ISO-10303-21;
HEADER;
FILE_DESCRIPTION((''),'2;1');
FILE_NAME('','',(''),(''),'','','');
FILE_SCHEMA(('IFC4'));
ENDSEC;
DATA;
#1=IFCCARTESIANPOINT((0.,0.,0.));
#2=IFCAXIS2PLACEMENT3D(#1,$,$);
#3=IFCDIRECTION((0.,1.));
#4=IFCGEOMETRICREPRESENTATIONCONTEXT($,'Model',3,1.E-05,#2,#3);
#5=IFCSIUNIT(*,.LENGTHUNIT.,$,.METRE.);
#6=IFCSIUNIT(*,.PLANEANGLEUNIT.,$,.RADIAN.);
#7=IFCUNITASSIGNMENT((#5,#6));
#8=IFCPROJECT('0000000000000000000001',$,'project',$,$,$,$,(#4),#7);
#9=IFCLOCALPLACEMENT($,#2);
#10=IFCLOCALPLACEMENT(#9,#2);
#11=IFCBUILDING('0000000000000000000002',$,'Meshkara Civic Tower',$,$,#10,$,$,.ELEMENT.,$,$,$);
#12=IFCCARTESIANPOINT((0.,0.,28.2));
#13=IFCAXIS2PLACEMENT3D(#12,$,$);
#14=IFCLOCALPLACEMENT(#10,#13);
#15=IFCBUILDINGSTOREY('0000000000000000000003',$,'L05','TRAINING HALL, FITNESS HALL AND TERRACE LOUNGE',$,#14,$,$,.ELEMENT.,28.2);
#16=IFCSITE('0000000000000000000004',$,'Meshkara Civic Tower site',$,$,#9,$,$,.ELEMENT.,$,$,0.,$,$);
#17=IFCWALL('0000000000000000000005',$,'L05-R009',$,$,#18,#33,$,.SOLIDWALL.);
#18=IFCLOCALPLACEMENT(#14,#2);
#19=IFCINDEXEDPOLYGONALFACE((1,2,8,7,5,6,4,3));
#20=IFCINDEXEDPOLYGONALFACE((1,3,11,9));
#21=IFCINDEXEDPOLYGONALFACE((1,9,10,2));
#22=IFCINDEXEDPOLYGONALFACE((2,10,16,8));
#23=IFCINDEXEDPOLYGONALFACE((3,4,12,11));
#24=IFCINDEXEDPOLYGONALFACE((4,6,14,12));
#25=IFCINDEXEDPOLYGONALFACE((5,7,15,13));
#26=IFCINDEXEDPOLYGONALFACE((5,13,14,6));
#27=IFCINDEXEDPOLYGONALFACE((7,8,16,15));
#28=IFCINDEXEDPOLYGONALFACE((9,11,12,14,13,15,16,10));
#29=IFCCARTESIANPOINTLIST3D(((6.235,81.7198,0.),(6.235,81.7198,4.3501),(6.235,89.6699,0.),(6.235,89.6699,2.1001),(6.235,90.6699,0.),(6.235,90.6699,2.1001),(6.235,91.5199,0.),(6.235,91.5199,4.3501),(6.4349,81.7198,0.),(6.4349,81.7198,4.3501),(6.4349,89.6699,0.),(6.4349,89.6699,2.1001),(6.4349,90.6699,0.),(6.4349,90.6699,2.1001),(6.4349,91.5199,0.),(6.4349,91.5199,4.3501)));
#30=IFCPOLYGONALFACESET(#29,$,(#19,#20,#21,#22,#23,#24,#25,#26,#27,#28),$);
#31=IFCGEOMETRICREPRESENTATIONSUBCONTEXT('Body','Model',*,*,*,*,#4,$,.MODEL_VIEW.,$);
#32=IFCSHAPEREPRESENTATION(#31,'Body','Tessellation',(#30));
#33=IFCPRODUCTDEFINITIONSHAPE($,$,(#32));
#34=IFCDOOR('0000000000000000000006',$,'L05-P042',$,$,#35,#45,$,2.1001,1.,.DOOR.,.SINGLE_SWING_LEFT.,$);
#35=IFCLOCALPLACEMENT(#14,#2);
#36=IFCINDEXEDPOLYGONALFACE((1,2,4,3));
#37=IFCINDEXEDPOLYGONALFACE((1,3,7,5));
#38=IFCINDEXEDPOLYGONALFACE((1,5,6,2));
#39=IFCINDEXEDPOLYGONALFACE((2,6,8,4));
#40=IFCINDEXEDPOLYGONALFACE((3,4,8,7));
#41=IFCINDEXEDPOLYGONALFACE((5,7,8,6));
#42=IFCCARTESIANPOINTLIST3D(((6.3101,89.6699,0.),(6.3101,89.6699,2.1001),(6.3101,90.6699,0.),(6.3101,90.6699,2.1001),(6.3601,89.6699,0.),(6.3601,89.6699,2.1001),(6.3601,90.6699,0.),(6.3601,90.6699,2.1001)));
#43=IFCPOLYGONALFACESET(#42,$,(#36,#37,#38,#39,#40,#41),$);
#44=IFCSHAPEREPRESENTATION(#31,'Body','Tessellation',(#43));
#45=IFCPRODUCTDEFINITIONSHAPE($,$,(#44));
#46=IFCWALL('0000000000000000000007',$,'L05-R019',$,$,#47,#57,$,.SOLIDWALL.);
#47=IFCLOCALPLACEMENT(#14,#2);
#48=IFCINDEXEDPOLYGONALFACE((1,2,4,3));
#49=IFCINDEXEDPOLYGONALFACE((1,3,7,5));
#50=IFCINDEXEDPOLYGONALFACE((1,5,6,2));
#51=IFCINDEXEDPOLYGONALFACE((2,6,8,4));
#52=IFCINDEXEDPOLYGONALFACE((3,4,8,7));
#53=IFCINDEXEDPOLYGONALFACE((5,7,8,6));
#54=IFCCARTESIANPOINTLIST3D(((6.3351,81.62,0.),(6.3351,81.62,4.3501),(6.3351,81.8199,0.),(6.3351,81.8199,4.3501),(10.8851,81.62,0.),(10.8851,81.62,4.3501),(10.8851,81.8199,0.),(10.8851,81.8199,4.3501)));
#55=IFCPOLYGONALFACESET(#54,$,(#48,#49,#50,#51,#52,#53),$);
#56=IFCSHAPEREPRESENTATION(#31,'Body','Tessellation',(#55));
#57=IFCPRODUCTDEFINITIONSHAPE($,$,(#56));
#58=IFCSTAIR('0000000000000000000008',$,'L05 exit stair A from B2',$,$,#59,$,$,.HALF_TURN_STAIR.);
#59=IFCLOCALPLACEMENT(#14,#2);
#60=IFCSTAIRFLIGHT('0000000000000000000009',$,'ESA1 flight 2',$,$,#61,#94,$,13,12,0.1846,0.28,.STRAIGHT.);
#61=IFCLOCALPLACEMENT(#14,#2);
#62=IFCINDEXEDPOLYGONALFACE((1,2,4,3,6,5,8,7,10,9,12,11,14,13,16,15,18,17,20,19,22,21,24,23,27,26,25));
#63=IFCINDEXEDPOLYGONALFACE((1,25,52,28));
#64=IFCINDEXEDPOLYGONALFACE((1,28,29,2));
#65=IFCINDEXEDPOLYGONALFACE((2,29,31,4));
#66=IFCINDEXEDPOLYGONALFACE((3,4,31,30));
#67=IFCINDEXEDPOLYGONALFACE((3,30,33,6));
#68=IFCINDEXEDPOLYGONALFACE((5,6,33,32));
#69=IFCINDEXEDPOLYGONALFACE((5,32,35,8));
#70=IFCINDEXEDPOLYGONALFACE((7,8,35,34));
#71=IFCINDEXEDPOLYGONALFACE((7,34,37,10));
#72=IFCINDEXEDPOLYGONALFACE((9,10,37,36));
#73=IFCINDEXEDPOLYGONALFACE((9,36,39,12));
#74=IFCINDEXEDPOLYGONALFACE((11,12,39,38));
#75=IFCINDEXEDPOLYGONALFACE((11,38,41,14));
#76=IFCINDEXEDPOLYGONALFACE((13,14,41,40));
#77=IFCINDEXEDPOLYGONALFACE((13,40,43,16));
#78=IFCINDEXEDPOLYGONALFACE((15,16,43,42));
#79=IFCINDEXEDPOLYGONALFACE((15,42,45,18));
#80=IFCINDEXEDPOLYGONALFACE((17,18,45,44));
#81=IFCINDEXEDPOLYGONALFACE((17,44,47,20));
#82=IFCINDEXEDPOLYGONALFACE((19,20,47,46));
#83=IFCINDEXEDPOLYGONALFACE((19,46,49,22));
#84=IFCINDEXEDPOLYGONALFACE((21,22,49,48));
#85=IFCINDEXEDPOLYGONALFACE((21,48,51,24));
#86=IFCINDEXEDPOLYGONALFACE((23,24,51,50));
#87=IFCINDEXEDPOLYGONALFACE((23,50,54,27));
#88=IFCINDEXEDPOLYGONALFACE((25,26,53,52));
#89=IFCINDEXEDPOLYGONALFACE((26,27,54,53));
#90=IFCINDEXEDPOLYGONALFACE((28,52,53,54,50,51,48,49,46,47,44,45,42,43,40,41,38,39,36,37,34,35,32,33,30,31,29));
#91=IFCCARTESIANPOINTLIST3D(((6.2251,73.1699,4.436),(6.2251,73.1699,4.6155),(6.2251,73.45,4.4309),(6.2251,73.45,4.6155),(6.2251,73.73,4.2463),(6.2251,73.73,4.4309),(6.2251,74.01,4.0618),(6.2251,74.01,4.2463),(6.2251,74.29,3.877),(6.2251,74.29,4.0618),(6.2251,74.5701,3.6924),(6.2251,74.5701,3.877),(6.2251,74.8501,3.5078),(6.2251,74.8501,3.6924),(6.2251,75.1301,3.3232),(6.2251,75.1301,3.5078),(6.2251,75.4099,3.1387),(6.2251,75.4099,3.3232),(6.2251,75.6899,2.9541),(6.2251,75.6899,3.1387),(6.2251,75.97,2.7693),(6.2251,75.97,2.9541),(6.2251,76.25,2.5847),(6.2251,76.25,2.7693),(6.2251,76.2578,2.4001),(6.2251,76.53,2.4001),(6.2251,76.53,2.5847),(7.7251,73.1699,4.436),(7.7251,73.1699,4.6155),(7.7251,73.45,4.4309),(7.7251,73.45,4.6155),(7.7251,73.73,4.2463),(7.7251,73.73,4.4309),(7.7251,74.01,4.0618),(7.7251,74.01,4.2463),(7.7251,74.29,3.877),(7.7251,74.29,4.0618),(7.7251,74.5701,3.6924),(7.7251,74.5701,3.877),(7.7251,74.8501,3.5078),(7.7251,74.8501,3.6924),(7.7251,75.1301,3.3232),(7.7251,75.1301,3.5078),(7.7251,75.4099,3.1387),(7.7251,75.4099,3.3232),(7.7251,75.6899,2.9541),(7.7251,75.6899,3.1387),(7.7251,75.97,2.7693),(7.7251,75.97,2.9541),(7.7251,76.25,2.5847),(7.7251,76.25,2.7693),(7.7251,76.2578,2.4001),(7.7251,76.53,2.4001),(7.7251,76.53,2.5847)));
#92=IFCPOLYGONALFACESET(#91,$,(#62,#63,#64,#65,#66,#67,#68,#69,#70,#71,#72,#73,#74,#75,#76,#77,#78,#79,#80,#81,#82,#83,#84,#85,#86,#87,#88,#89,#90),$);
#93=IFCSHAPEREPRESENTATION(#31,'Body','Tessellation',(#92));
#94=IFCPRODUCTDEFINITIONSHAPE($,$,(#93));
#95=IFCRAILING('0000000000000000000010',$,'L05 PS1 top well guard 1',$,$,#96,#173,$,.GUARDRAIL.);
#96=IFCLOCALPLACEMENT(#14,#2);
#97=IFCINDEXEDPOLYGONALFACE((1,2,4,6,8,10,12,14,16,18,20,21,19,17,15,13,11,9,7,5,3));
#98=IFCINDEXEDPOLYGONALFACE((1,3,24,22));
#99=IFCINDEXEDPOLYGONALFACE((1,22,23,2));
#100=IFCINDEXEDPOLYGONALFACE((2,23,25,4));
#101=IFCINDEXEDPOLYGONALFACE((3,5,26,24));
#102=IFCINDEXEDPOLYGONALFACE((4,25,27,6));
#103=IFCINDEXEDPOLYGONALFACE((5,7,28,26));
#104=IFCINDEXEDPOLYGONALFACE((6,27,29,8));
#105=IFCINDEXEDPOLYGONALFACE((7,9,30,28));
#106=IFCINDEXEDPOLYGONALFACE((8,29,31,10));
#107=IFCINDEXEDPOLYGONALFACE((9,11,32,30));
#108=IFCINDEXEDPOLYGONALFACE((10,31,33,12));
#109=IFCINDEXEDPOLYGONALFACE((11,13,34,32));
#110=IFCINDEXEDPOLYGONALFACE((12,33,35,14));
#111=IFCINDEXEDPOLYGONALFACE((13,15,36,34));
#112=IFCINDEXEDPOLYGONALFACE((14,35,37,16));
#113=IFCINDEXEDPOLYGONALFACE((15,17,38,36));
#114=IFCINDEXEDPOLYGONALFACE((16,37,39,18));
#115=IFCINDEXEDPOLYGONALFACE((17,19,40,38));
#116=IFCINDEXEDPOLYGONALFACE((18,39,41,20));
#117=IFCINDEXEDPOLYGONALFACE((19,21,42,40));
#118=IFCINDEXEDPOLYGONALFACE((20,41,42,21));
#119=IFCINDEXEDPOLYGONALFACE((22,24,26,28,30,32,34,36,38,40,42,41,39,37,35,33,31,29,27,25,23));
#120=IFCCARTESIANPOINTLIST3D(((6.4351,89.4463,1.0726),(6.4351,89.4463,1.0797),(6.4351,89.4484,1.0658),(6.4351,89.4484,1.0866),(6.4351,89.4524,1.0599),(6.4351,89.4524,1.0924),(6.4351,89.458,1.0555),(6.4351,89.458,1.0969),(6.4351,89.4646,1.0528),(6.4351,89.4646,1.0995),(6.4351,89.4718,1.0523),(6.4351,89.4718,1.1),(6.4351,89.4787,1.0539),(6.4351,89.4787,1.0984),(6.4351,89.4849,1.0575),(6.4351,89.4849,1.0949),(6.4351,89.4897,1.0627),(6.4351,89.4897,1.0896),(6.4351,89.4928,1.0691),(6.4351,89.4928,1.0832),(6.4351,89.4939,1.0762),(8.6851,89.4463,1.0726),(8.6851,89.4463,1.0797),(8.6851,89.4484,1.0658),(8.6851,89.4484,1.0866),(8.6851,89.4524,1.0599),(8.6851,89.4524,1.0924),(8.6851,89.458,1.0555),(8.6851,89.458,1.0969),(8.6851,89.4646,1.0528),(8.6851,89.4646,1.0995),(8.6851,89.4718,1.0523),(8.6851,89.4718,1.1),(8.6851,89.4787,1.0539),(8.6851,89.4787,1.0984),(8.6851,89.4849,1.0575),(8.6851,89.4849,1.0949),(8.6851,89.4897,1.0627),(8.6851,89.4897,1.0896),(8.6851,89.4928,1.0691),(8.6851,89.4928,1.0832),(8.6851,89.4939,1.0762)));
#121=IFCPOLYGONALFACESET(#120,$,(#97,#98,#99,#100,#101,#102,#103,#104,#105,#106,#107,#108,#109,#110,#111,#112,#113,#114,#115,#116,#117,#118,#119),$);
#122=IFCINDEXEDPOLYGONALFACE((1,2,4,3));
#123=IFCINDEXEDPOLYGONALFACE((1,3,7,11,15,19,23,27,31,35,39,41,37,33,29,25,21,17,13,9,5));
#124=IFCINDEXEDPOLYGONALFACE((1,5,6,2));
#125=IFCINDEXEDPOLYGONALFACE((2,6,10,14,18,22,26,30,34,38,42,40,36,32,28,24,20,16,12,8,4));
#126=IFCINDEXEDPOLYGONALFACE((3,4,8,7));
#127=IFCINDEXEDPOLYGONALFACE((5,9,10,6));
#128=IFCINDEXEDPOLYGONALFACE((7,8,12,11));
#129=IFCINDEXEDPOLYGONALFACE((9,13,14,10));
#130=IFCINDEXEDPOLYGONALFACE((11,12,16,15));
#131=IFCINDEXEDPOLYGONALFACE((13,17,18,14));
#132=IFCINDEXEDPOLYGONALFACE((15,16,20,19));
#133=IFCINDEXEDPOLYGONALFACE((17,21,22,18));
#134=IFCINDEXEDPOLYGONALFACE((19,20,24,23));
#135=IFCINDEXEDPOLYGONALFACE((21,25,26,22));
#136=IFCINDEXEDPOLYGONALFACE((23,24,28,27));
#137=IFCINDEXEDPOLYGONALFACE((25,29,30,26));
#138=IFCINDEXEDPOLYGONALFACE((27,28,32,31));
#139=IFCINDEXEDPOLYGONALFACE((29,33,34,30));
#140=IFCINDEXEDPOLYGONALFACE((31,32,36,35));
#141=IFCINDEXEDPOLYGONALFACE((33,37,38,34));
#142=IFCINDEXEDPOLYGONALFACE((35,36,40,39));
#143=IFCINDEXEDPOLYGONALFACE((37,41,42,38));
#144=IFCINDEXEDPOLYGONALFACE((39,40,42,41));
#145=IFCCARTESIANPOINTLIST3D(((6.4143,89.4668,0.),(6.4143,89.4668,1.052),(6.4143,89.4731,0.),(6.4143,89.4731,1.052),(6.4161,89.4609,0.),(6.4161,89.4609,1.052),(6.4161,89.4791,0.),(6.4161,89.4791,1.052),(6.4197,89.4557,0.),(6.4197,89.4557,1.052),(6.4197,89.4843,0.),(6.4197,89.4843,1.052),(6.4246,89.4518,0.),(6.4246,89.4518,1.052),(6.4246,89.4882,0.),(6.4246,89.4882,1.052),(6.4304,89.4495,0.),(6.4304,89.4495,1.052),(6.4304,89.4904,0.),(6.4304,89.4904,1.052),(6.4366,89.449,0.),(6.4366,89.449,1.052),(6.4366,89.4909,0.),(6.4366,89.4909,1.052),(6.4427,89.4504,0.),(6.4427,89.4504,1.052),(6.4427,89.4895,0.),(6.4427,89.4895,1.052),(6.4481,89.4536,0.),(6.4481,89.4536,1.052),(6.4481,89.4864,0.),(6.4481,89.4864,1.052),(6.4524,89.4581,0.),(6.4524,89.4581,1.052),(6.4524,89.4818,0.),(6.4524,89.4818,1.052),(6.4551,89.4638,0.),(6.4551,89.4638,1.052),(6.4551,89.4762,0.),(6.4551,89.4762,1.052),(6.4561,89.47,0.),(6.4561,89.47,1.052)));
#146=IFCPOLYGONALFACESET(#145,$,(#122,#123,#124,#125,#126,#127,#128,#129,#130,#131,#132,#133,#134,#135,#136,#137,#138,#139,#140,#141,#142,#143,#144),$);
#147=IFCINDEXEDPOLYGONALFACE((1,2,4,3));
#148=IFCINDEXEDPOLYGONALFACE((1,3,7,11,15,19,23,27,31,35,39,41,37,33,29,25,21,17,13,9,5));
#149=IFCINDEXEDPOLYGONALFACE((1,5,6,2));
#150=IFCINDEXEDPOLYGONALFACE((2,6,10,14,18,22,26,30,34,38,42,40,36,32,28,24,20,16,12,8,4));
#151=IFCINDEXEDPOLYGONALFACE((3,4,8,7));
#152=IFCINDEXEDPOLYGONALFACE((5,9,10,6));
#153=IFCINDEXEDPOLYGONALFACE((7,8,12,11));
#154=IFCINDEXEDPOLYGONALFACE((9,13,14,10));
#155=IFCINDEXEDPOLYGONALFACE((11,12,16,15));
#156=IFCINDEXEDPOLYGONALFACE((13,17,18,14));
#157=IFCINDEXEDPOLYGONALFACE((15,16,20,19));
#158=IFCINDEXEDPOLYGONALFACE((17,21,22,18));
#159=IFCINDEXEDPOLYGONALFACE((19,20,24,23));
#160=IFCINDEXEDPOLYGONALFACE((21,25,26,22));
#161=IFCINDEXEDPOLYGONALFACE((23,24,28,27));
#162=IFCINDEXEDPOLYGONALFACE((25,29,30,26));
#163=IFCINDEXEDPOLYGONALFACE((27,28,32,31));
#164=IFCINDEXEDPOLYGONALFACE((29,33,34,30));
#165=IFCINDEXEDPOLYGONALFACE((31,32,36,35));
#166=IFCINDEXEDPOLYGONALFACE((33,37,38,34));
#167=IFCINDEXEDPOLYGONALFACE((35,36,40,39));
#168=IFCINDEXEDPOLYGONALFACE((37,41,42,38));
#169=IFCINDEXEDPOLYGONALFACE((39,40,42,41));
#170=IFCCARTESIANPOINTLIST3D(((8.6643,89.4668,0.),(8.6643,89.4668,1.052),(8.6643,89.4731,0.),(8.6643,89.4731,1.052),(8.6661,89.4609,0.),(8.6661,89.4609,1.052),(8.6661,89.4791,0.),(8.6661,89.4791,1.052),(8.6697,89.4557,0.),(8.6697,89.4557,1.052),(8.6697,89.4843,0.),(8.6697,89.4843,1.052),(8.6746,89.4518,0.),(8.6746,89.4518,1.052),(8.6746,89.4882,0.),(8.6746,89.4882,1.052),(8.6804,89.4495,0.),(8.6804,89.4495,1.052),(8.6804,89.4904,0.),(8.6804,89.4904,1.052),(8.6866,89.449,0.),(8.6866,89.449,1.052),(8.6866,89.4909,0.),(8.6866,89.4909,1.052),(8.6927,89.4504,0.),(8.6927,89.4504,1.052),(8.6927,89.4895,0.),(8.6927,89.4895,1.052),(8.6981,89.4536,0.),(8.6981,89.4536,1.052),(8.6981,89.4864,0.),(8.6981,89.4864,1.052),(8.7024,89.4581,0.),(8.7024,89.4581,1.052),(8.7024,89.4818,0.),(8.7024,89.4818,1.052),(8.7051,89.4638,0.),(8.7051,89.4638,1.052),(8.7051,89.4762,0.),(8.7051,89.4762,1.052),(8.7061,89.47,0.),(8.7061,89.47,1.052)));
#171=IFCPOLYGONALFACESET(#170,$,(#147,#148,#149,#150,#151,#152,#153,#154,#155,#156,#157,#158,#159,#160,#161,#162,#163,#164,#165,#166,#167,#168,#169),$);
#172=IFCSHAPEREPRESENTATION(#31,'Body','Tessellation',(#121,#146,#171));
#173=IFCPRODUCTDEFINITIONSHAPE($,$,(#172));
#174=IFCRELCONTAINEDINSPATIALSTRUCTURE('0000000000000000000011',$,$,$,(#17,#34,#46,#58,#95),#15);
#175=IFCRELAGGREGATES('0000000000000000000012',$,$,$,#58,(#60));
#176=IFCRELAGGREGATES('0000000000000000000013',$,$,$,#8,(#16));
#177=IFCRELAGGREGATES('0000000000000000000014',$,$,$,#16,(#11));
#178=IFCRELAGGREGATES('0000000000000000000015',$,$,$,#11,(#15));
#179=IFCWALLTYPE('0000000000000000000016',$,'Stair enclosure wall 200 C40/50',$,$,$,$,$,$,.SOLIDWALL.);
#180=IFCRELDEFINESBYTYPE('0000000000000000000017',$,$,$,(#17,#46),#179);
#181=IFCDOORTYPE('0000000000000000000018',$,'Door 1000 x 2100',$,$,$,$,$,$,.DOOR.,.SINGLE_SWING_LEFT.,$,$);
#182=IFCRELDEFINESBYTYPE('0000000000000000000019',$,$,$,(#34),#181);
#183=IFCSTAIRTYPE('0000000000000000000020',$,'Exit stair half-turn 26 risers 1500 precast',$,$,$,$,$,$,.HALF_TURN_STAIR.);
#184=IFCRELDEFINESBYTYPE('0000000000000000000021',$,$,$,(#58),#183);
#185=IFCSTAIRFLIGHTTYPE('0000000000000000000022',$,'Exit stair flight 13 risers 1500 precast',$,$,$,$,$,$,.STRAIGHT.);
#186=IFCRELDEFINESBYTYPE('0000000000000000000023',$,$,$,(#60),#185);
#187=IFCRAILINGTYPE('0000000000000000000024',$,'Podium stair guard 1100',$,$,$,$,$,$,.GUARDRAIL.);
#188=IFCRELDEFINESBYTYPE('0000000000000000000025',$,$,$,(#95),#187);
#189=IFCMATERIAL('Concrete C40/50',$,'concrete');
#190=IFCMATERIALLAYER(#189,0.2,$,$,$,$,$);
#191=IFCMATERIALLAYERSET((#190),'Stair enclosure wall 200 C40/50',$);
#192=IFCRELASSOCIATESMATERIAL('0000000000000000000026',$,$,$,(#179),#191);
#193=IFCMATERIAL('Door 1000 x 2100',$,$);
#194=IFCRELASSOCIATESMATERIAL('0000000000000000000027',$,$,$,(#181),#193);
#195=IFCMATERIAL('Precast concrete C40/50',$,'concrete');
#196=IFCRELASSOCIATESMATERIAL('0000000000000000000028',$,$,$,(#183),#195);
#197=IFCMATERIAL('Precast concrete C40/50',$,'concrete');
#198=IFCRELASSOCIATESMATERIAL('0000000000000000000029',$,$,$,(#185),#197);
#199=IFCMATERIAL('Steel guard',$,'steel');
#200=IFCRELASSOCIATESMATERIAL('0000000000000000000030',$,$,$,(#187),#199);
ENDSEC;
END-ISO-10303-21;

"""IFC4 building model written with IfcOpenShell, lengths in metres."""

from ifc_helpers import new_model, si_unit, direction, frame, frame_2d, origin, origin_2d, place, context, subcontext, project, spatial, polyline, rectangle, circle, outline, extrude, material, layer, layer_set, type_object, element, fill, aggregate, save


model = new_model("IFC4")

# Units and contexts
model_context = context("Model", 3, precision=1e-05, world=origin(), true_north=direction((0.0, 1.0)))
body_context = subcontext(model_context, "Body", "Model", "MODEL_VIEW")
ifc_project = project(units=[si_unit("LENGTHUNIT", "METRE"), si_unit("PLANEANGLEUNIT", "RADIAN")], contexts=[model_context])

# Site, building, storey
site_placement = place(None, origin())
site = spatial("IfcSite", under=ifc_project, at=site_placement, Name="Meshkara Civic Tower site", CompositionType="ELEMENT", RefElevation=0.0)
building_placement = place(site_placement, origin())
building = spatial("IfcBuilding", under=site, at=building_placement, Name="Meshkara Civic Tower", CompositionType="ELEMENT")
storey_placement = place(building_placement, frame((0.0, 0.0, 28.2)))
storey = spatial("IfcBuildingStorey", under=building, at=storey_placement, Name="L05", Description="TRAINING HALL, FITNESS HALL AND TERRACE LOUNGE", CompositionType="ELEMENT", Elevation=28.2)

# Wall, opening, door
ifc_material_1 = material(Name="Concrete C40/50", Category="concrete")
ifc_layer_1 = layer(ifc_material_1, 0.2)
ifc_layer_set_1 = layer_set([ifc_layer_1], Name="Stair enclosure wall 200 C40/50")
wall_type_1 = type_object("IfcWallType", Name="Stair enclosure wall 200 C40/50", PredefinedType="SOLIDWALL", material=ifc_layer_set_1)
wall_1_placement = place(storey_placement, frame((6.335, 81.72, 0.0), z_axis=(0.0, 0.0, 1.0), x_axis=(0.0, 1.0, 0.0)))
wall_1 = element("IfcWall", 1, at=wall_1_placement, inside=storey, type_object=wall_type_1, Name="L05-R009", PredefinedType="SOLIDWALL", context=body_context, shape_type="SweptSolid", body=[
    extrude(rectangle(XDim=9.8, YDim=0.2, at=frame_2d((4.8999, 0.0))), origin(), (0.0, 0.0, 1.0), 4.3501),
])
opening_1_placement = place(wall_1_placement, frame((7.95, 0.0, 0.0)))
opening_1 = element("IfcOpeningElement", 2, at=opening_1_placement, cuts=wall_1, PredefinedType="OPENING", context=body_context, shape_type="SweptSolid", body=[
    extrude(rectangle(XDim=1.0, YDim=2.1001, at=frame_2d((0.5, 1.05))), frame((0.0, 0.1099, 0.0), z_axis=(0.0, -1.0, 0.0), x_axis=(1.0, 0.0, 0.0)), (0.0, 0.0, 1.0), 0.22),
])
ifc_material_2 = material(Name="Door 1000 x 2100")
door_type_1 = type_object("IfcDoorType", Name="Door 1000 x 2100", OperationType="SINGLE_SWING_LEFT", PredefinedType="DOOR", material=ifc_material_2)
door_1_placement = place(opening_1_placement, origin())
door_1 = element("IfcDoor", 3, at=door_1_placement, inside=storey, type_object=door_type_1, Name="L05-P042", OperationType="SINGLE_SWING_LEFT", OverallHeight=2.1001, OverallWidth=1.0, PredefinedType="DOOR", context=body_context, shape_type="SweptSolid", body=[
    extrude(rectangle(XDim=1.0, YDim=2.1001, at=frame_2d((0.5, 1.05))), frame((0.0, 0.0249, 0.0), z_axis=(0.0, -1.0, 0.0), x_axis=(1.0, 0.0, 0.0)), (0.0, 0.0, 1.0), 0.05),
])
fill(opening_1, door_1)

# Wall
wall_2_placement = place(storey_placement, frame((10.885, 81.72, 0.0), z_axis=(0.0, 0.0, 1.0), x_axis=(-1.0, 0.0, 0.0)))
element("IfcWall", 4, at=wall_2_placement, inside=storey, type_object=wall_type_1, Name="L05-R019", PredefinedType="SOLIDWALL", context=body_context, shape_type="SweptSolid", body=[
    extrude(rectangle(XDim=4.55, YDim=0.2, at=frame_2d((2.2749, 0.0))), origin(), (0.0, 0.0, 1.0), 4.3501),
])

# Stair, stair flight
ifc_material_3 = material(Name="Precast concrete C40/50", Category="concrete")
stair_type = type_object("IfcStairType", Name="Exit stair half-turn 26 risers 1500 precast", PredefinedType="HALF_TURN_STAIR", material=ifc_material_3)
stair_placement = place(storey_placement, origin())
stair = element("IfcStair", 5, at=stair_placement, inside=storey, type_object=stair_type, Name="L05 exit stair A from B2", PredefinedType="HALF_TURN_STAIR")
ifc_material_4 = material(Name="Precast concrete C40/50", Category="concrete")
stair_flight_type = type_object("IfcStairFlightType", Name="Exit stair flight 13 risers 1500 precast", PredefinedType="STRAIGHT", material=ifc_material_4)
stair_flight_placement = place(storey_placement, frame((6.9751, 76.53, 2.4001), z_axis=(0.0, 0.0, 1.0), x_axis=(0.0, -1.0, 0.0)))
stair_flight = element("IfcStairFlight", 6, at=stair_flight_placement, type_object=stair_flight_type, Name="ESA1 flight 2", NumberOfRisers=13, NumberOfTreads=12, PredefinedType="STRAIGHT", RiserHeight=0.1846, TreadLength=0.28, context=body_context, shape_type="SweptSolid", body=[
    extrude(outline(polyline([(0.0, 0.0), (0.0, 0.1846), (0.28, 0.1846), (0.28, 0.3691), (0.5601, 0.3691), (0.5601, 0.554), (0.8401, 0.554), (0.8401, 0.7385), (1.1201, 0.7385), (1.1201, 0.9231), (1.3999, 0.9231), (1.3999, 1.1077), (1.6799, 1.1077), (1.6799, 1.2922), (1.96, 1.2922), (1.96, 1.4768), (2.24, 1.4768), (2.24, 1.6616), (2.52, 1.6616), (2.52, 1.8462), (2.8, 1.8462), (2.8, 2.0308), (3.0801, 2.0308), (3.0801, 2.2153), (3.3601, 2.2153), (3.3601, 2.3999), (3.3601, 2.0359), (0.2722, 0.0), (0.0, 0.0)])), frame((0.0, 0.75, 0.0), z_axis=(0.0, -1.0, 0.0), x_axis=(1.0, 0.0, 0.0)), (0.0, 0.0, 1.0), 1.5),
])
aggregate(stair, [stair_flight])

# Railing
ifc_material_5 = material(Name="Steel guard", Category="steel")
railing_type = type_object("IfcRailingType", Name="Podium stair guard 1100", PredefinedType="GUARDRAIL", material=ifc_material_5)
railing_1_placement = place(storey_placement, frame((6.4351, 89.47, 0.0)))
element("IfcRailing", 7, at=railing_1_placement, inside=storey, type_object=railing_type, Name="L05 PS1 top well guard 1", PredefinedType="GUARDRAIL", context=body_context, shape_type="SweptSolid", body=[
    extrude(circle(Radius=0.0239, at=origin_2d()), frame((0.0, 0.0, 1.0762), z_axis=(1.0, 0.0, 0.0), x_axis=(0.0, 1.0, 0.0)), (0.0, 0.0, 1.0), 2.25),
    extrude(circle(Radius=0.021, at=origin_2d()), origin(), (0.0, 0.0, 1.0), 1.052),
    extrude(circle(Radius=0.021, at=origin_2d()), frame((2.25, 0.0, 0.0)), (0.0, 0.0, 1.0), 1.052),
])

save(model, "model.ifc")
